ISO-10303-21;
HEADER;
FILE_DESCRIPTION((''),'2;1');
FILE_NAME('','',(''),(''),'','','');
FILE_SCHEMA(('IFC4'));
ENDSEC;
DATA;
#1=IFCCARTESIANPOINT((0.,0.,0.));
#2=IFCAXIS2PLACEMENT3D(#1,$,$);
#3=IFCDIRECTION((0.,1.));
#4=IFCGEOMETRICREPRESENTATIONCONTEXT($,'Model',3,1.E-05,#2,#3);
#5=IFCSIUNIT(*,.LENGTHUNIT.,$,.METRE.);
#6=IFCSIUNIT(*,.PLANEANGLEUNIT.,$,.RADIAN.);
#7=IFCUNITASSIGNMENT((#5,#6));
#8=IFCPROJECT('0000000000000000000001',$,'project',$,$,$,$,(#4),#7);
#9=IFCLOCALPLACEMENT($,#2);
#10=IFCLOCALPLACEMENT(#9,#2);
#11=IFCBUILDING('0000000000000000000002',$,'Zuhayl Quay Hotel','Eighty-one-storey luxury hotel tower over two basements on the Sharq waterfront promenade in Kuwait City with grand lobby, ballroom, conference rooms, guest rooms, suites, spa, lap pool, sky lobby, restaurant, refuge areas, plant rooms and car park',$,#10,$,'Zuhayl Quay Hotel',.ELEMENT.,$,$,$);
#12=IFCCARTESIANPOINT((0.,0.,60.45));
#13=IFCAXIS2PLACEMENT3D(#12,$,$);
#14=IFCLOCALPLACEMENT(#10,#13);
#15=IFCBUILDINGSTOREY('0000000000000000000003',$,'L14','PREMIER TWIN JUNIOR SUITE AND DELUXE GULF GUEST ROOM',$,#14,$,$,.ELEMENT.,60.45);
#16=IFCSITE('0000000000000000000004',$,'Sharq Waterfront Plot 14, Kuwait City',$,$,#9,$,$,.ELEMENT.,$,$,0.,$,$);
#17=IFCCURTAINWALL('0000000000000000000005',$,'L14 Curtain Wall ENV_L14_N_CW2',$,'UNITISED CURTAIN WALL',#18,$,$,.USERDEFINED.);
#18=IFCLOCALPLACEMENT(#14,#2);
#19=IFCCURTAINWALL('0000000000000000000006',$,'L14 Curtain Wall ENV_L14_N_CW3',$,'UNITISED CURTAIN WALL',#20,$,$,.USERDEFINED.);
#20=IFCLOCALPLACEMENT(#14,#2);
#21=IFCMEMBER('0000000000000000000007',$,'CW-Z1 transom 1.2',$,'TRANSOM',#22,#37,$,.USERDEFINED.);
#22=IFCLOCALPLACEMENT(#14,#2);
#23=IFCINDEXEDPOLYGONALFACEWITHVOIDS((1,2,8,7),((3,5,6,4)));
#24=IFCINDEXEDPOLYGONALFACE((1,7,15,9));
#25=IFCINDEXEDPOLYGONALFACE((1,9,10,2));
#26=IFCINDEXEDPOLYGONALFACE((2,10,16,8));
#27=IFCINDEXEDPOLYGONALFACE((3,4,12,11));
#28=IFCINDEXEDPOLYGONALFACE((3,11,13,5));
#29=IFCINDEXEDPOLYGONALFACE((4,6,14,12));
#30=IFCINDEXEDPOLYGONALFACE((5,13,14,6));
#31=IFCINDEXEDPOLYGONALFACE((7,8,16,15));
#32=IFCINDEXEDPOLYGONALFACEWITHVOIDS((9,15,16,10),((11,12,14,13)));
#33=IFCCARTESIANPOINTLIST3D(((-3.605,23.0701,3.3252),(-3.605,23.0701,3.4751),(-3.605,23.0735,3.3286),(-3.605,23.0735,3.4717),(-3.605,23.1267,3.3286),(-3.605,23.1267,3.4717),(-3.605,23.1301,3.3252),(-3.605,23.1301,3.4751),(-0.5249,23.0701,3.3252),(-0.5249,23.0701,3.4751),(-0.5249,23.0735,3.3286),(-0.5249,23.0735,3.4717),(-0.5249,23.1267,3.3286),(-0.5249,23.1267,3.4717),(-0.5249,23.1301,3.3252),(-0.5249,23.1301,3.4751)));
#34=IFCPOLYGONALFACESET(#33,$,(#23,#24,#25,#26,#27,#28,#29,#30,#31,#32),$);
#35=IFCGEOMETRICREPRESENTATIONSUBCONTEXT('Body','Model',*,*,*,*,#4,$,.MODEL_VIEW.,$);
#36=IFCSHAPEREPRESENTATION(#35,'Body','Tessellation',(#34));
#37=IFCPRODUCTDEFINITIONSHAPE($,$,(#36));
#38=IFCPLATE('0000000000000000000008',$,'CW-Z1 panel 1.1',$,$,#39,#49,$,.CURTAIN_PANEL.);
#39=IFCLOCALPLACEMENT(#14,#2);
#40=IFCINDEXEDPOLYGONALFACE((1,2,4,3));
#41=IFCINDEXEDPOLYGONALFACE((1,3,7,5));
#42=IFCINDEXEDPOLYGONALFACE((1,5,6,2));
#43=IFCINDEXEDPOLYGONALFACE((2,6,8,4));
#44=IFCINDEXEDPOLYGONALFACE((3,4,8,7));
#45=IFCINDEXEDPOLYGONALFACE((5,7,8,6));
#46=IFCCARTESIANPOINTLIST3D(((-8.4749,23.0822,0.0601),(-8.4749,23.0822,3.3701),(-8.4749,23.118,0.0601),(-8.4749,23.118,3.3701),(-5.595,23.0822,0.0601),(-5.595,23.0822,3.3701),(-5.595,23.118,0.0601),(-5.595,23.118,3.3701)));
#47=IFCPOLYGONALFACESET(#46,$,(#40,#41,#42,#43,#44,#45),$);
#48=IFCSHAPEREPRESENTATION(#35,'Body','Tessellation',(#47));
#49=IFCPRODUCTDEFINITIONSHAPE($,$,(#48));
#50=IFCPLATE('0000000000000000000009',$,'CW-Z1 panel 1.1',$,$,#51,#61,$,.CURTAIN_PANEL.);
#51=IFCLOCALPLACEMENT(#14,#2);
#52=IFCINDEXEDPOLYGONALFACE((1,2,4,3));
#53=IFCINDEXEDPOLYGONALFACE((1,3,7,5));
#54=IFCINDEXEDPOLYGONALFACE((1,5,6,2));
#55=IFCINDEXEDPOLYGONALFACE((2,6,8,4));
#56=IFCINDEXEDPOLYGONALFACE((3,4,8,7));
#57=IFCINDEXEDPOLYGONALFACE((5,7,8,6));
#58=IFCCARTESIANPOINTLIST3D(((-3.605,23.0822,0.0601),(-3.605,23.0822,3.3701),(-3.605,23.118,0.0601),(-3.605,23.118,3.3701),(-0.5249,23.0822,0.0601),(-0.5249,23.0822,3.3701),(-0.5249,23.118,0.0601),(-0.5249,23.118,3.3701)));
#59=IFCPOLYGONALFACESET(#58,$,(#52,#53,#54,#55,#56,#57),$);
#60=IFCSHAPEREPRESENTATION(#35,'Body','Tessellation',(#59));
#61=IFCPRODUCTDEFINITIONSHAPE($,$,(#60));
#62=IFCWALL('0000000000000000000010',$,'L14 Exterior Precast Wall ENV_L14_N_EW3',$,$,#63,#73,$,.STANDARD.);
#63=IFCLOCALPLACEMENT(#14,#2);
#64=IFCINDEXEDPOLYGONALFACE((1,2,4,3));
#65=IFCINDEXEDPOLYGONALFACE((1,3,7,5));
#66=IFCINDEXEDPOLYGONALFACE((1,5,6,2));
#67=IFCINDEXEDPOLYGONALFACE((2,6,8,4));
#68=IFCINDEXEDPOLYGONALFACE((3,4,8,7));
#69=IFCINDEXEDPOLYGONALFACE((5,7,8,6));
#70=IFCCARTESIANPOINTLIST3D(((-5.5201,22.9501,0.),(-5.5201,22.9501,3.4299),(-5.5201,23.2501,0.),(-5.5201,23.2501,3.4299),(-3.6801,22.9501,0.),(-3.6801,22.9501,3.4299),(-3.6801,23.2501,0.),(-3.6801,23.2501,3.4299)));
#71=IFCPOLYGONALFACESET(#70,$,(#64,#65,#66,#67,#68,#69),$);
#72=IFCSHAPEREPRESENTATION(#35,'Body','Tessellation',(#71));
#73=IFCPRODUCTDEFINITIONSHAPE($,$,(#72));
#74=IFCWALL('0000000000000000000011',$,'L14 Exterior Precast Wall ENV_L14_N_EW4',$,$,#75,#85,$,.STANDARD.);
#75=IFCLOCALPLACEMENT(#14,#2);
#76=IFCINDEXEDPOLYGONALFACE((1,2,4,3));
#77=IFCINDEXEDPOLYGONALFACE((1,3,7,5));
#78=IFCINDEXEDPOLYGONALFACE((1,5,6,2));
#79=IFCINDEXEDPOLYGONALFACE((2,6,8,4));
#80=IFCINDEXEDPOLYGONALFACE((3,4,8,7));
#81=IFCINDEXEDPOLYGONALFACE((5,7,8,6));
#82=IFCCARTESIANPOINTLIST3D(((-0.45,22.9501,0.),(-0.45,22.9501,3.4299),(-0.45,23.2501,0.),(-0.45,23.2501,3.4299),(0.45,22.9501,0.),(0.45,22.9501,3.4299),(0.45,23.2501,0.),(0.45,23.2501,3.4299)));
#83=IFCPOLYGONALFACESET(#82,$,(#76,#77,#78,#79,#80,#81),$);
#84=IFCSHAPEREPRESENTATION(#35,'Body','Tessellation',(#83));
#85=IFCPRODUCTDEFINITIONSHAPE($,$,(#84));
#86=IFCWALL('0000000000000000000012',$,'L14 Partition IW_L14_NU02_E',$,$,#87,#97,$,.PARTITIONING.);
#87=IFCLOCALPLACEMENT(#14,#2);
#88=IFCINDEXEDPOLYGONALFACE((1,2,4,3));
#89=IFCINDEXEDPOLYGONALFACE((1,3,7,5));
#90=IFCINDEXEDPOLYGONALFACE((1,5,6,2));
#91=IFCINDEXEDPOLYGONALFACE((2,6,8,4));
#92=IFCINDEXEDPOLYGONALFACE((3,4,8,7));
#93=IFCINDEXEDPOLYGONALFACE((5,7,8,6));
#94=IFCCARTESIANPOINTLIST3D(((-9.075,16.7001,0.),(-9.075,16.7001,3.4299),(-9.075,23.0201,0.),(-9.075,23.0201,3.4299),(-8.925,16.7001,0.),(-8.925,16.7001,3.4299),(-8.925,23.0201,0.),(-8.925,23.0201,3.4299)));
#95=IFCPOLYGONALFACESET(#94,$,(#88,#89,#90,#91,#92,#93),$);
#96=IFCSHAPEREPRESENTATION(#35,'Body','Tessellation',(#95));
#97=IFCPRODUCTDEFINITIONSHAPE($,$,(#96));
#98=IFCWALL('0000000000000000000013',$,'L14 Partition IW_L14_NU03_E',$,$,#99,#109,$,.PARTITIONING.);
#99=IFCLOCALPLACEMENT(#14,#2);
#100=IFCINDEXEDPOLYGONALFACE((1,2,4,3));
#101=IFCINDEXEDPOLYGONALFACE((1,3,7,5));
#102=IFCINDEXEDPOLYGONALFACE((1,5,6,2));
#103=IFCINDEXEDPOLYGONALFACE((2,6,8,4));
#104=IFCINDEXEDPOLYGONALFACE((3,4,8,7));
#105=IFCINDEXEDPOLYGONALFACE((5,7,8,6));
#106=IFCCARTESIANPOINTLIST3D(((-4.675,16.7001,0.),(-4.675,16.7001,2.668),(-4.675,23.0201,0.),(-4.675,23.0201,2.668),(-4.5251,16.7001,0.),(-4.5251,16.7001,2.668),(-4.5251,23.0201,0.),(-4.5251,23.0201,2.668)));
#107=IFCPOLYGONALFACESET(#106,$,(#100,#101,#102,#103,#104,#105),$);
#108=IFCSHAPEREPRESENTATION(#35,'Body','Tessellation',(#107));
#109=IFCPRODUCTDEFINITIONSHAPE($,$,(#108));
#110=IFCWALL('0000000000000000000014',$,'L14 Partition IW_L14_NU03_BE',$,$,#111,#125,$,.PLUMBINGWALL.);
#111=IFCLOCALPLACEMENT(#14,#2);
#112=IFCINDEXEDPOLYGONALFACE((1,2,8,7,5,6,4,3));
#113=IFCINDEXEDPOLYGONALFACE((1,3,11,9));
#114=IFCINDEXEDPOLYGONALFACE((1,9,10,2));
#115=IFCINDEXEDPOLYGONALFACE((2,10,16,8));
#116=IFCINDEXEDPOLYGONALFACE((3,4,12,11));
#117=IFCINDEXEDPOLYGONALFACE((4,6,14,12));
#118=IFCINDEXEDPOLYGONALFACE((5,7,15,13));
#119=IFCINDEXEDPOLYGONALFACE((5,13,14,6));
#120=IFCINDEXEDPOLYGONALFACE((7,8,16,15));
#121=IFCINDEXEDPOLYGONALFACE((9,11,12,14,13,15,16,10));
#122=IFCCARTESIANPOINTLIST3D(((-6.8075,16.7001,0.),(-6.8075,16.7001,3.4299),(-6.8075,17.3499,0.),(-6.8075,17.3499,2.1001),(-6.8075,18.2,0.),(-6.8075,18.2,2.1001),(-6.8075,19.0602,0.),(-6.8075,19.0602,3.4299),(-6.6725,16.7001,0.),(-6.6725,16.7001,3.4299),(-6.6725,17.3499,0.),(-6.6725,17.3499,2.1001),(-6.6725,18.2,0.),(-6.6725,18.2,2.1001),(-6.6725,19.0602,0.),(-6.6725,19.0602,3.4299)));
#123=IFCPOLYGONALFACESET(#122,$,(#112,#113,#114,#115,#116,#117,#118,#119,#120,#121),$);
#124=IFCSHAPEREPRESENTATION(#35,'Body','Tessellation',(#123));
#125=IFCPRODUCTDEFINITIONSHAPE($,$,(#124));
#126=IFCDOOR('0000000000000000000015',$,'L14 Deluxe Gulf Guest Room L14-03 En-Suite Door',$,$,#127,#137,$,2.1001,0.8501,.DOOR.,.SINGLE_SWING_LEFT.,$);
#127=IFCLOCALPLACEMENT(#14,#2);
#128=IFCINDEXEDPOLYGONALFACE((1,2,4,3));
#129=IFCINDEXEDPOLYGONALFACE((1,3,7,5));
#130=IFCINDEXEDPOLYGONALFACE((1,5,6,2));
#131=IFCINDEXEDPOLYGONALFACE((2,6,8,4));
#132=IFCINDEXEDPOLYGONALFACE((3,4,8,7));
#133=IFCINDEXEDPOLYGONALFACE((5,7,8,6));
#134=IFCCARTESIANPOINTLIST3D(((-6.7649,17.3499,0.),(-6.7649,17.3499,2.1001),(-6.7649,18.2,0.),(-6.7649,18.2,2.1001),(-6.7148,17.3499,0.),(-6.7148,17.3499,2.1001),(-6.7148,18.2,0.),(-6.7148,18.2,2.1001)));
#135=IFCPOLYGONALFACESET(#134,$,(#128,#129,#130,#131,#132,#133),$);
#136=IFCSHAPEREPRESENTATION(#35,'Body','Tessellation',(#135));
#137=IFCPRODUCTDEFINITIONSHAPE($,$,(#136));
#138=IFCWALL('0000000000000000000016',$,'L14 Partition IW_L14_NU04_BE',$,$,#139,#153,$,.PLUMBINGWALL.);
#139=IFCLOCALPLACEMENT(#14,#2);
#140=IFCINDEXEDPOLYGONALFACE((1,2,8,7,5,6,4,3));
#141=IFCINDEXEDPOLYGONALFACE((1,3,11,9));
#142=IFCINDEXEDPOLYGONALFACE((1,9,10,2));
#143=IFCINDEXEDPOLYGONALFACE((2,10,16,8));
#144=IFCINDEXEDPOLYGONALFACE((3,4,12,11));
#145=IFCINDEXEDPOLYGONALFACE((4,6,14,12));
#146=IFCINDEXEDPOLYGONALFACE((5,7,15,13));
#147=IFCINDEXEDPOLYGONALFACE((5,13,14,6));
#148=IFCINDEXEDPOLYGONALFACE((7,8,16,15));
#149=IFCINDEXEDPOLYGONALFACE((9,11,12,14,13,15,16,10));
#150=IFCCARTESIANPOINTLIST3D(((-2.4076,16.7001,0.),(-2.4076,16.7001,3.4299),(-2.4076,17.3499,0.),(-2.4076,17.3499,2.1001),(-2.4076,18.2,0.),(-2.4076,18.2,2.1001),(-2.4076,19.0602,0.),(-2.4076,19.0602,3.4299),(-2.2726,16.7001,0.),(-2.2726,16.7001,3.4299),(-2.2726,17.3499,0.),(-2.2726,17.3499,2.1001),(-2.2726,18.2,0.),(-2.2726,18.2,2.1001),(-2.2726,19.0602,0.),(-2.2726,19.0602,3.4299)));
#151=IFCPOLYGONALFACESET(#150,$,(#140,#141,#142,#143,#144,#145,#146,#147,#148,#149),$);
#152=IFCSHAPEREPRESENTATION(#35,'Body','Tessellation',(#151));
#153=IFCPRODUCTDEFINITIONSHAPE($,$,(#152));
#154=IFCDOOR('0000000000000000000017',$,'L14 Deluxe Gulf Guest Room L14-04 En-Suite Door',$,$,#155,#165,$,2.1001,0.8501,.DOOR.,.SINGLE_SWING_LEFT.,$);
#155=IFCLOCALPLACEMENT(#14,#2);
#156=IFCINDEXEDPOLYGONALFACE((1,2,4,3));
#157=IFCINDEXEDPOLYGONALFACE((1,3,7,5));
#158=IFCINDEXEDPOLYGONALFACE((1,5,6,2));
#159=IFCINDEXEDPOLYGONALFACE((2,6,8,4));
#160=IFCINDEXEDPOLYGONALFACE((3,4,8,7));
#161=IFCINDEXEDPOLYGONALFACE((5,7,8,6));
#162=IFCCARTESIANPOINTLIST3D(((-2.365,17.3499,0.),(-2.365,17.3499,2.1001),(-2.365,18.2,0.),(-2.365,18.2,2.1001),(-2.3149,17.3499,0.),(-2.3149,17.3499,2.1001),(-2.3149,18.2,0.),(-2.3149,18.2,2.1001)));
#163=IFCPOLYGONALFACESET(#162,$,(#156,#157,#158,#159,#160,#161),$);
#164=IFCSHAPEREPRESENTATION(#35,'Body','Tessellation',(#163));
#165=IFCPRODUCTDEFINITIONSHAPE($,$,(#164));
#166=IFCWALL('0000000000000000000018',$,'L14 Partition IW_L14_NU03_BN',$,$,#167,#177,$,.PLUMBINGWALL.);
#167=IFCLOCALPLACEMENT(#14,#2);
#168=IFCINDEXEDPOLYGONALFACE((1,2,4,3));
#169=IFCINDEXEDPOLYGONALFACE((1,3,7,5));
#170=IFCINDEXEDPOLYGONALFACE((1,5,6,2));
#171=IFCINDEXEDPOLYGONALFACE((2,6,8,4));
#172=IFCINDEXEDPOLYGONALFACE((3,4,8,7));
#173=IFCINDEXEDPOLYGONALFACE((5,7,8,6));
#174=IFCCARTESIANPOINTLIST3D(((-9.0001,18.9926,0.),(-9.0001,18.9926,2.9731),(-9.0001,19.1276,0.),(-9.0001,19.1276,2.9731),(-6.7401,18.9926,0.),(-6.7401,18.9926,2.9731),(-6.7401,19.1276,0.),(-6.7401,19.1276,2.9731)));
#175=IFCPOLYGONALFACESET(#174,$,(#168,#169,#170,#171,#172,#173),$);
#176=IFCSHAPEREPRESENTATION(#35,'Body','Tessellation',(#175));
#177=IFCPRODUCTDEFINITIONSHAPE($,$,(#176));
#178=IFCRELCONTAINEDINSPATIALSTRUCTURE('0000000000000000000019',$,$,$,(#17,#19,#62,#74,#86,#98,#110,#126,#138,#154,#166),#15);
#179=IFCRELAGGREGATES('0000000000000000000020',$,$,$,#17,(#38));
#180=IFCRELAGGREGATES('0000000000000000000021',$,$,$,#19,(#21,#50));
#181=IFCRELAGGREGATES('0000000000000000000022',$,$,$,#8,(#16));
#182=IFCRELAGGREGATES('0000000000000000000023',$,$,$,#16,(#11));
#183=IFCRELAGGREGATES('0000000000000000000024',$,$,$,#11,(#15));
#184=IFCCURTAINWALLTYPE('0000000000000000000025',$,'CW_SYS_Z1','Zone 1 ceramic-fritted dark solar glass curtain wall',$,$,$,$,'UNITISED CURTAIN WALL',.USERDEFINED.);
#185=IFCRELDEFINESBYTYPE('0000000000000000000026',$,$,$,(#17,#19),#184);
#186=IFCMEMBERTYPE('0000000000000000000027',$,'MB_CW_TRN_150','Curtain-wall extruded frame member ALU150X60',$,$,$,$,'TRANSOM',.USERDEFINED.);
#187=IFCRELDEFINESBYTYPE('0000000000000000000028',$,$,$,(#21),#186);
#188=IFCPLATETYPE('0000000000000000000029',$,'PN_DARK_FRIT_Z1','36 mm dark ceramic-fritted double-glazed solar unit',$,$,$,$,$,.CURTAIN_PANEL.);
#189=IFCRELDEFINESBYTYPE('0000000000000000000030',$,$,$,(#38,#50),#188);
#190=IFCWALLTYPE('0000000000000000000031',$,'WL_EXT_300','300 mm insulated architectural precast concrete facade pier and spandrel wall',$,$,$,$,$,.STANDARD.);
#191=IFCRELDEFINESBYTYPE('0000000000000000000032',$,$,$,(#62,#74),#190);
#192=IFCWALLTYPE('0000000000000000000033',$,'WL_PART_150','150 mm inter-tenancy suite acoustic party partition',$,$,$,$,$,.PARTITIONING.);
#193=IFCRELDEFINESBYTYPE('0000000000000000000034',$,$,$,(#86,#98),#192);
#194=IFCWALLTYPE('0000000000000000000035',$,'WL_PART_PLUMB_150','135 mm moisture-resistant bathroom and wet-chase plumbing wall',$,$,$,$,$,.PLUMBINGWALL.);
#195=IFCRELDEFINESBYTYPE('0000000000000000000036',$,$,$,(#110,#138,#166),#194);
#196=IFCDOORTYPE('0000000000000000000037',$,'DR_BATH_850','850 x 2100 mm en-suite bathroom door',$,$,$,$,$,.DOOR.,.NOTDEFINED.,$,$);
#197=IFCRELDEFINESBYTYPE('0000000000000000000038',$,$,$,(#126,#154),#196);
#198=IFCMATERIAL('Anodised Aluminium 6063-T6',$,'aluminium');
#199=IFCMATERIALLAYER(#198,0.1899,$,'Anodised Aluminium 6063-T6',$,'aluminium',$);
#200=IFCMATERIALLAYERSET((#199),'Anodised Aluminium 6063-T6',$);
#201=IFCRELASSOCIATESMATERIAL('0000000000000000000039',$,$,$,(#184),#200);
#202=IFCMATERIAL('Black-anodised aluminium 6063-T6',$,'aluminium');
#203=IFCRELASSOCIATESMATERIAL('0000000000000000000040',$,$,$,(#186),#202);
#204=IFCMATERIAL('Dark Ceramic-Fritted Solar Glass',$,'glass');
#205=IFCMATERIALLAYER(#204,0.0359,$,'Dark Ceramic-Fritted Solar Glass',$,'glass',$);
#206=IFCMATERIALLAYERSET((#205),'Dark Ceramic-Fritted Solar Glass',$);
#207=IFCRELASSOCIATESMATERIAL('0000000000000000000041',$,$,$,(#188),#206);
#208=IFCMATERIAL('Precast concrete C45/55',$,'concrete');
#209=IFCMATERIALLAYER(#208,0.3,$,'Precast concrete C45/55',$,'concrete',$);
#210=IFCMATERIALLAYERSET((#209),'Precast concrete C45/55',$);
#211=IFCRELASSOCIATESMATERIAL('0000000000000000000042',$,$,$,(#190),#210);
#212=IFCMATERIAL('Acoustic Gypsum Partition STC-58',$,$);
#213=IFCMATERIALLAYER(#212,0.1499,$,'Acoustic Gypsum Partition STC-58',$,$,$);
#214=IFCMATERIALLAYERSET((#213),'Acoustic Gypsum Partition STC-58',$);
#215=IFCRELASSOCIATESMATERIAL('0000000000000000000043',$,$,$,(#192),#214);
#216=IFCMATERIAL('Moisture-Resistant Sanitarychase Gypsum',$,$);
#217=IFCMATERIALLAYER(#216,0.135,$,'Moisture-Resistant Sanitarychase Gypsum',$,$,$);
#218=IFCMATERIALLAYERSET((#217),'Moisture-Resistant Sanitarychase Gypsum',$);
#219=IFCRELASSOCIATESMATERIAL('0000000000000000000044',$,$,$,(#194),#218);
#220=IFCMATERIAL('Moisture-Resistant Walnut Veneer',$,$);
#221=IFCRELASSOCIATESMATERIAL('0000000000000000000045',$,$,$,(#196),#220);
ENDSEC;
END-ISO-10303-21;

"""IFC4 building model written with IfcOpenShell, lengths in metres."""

from ifc_helpers import new_model, si_unit, direction, frame, frame_2d, origin, origin_2d, place, context, subcontext, project, spatial, rectangle, hollow_rectangle, extrude, material, layer, layer_set, material_profile, profile_set, type_object, element, fill, aggregate, save


model = new_model("IFC4")

# Units and contexts
model_context = context("Model", 3, precision=1e-05, world=origin(), true_north=direction((0.0, 1.0)))
body_context = subcontext(model_context, "Body", "Model", "MODEL_VIEW")
ifc_project = project(units=[si_unit("LENGTHUNIT", "METRE"), si_unit("PLANEANGLEUNIT", "RADIAN")], contexts=[model_context])

# Site, building, storey
site_placement = place(None, origin())
site = spatial("IfcSite", under=ifc_project, at=site_placement, Name="Sharq Waterfront Plot 14, Kuwait City", CompositionType="ELEMENT", RefElevation=0.0)
building_placement = place(site_placement, origin())
building = spatial("IfcBuilding", under=site, at=building_placement, Name="Zuhayl Quay Hotel", Description="Eighty-one-storey luxury hotel tower over two basements on the Sharq waterfront promenade in Kuwait City with grand lobby, ballroom, conference rooms, guest rooms, suites, spa, lap pool, sky lobby, restaurant, refuge areas, plant rooms and car park", LongName="Zuhayl Quay Hotel", CompositionType="ELEMENT")
storey_placement = place(building_placement, frame((0.0, 0.0, 60.45)))
storey = spatial("IfcBuildingStorey", under=building, at=storey_placement, Name="L14", Description="PREMIER TWIN JUNIOR SUITE AND DELUXE GULF GUEST ROOM", CompositionType="ELEMENT", Elevation=60.45)

# Curtain walls
ifc_material_1 = material(Name="Anodised Aluminium 6063-T6", Category="aluminium")
ifc_layer_1 = layer(ifc_material_1, 0.1899, Name="Anodised Aluminium 6063-T6", Category="aluminium")
ifc_layer_set_1 = layer_set([ifc_layer_1], Name="Anodised Aluminium 6063-T6")
curtain_wall_type = type_object("IfcCurtainWallType", Name="CW_SYS_Z1", Description="Zone 1 ceramic-fritted dark solar glass curtain wall", ElementType="UNITISED CURTAIN WALL", PredefinedType="USERDEFINED", material=ifc_layer_set_1)
curtain_wall_1_placement = place(storey_placement, origin())
curtain_wall_1 = element("IfcCurtainWall", 1, at=curtain_wall_1_placement, inside=storey, type_object=curtain_wall_type, Name="L14 Curtain Wall ENV_L14_N_CW2", ObjectType="UNITISED CURTAIN WALL", PredefinedType="USERDEFINED")
ifc_material_2 = material(Name="Black-anodised aluminium 6063-T6", Category="aluminium")
curtain_wall_2_placement = place(storey_placement, origin())
curtain_wall_2 = element("IfcCurtainWall", 2, at=curtain_wall_2_placement, inside=storey, type_object=curtain_wall_type, Name="L14 Curtain Wall ENV_L14_N_CW3", ObjectType="UNITISED CURTAIN WALL", PredefinedType="USERDEFINED")

# Member
ifc_material_profile_1 = material_profile(ifc_material_2, hollow_rectangle(XDim=0.0601, YDim=0.1499, WallThickness=0.0034, at=origin_2d()), Name="ALU150X60")
ifc_profile_set_1 = profile_set([ifc_material_profile_1], Name="Black-anodised aluminium 6063-T6")
member_type_1 = type_object("IfcMemberType", Name="MB_CW_TRN_150", Description="Curtain-wall extruded frame member ALU150X60", ElementType="TRANSOM", PredefinedType="USERDEFINED", material=ifc_profile_set_1)
member_1_placement = place(storey_placement, frame((-3.605, 23.1001, 3.4001), z_axis=(1.0, 0.0, 0.0), x_axis=(0.0, 1.0, 0.0)))
member_1 = element("IfcMember", 3, at=member_1_placement, type_object=member_type_1, Name="CW-Z1 transom 1.2", ObjectType="TRANSOM", PredefinedType="USERDEFINED", context=body_context, shape_type="SweptSolid", body=[
    extrude(hollow_rectangle(XDim=0.0601, YDim=0.1499, WallThickness=0.0034, at=origin_2d()), origin(), (0.0, 0.0, 1.0), 3.0801),
])

# Plates
ifc_material_3 = material(Name="Dark Ceramic-Fritted Solar Glass", Category="glass")
ifc_layer_2 = layer(ifc_material_3, 0.0359, Name="Dark Ceramic-Fritted Solar Glass", Category="glass")
ifc_layer_set_2 = layer_set([ifc_layer_2], Name="Dark Ceramic-Fritted Solar Glass")
plate_type = type_object("IfcPlateType", Name="PN_DARK_FRIT_Z1", Description="36 mm dark ceramic-fritted double-glazed solar unit", PredefinedType="CURTAIN_PANEL", material=ifc_layer_set_2)
plate_1_placement = place(storey_placement, frame((-7.0349, 23.1001, 0.0601), z_axis=(0.0, 0.0, 1.0), x_axis=(1.0, 0.0, 0.0)))
plate_1 = element("IfcPlate", 4, at=plate_1_placement, type_object=plate_type, Name="CW-Z1 panel 1.1", PredefinedType="CURTAIN_PANEL", context=body_context, shape_type="SweptSolid", body=[
    extrude(rectangle(XDim=2.8799, YDim=0.0359, at=origin_2d()), origin(), (0.0, 0.0, 1.0), 3.3101),
])
aggregate(curtain_wall_1, [plate_1])
plate_2_placement = place(storey_placement, frame((-2.0649, 23.1001, 0.0601), z_axis=(0.0, 0.0, 1.0), x_axis=(1.0, 0.0, 0.0)))
plate_2 = element("IfcPlate", 5, at=plate_2_placement, type_object=plate_type, Name="CW-Z1 panel 1.1", PredefinedType="CURTAIN_PANEL", context=body_context, shape_type="SweptSolid", body=[
    extrude(rectangle(XDim=3.0801, YDim=0.0359, at=origin_2d()), origin(), (0.0, 0.0, 1.0), 3.3101),
])
aggregate(curtain_wall_2, [member_1, plate_2])

# Walls
ifc_material_4 = material(Name="Precast concrete C45/55", Category="concrete")
ifc_layer_3 = layer(ifc_material_4, 0.3, Name="Precast concrete C45/55", Category="concrete")
ifc_layer_set_3 = layer_set([ifc_layer_3], Name="Precast concrete C45/55")
wall_type_1 = type_object("IfcWallType", Name="WL_EXT_300", Description="300 mm insulated architectural precast concrete facade pier and spandrel wall", PredefinedType="STANDARD", material=ifc_layer_set_3)
wall_1_placement = place(storey_placement, frame((-5.52, 23.1001, 0.0), z_axis=(0.0, 0.0, 1.0), x_axis=(1.0, 0.0, 0.0)))
element("IfcWall", 6, at=wall_1_placement, inside=storey, type_object=wall_type_1, Name="L14 Exterior Precast Wall ENV_L14_N_EW3", PredefinedType="STANDARD", context=body_context, shape_type="SweptSolid", body=[
    extrude(rectangle(XDim=1.8401, YDim=0.3, at=frame_2d((0.9199, 0.0))), origin(), (0.0, 0.0, 1.0), 3.4299),
])
wall_2_placement = place(storey_placement, frame((-0.45, 23.1001, 0.0), z_axis=(0.0, 0.0, 1.0), x_axis=(1.0, 0.0, 0.0)))
element("IfcWall", 7, at=wall_2_placement, inside=storey, type_object=wall_type_1, Name="L14 Exterior Precast Wall ENV_L14_N_EW4", PredefinedType="STANDARD", context=body_context, shape_type="SweptSolid", body=[
    extrude(rectangle(XDim=0.8999, YDim=0.3, at=frame_2d((0.45, 0.0))), origin(), (0.0, 0.0, 1.0), 3.4299),
])
ifc_material_5 = material(Name="Acoustic Gypsum Partition STC-58")
ifc_layer_4 = layer(ifc_material_5, 0.1499, Name="Acoustic Gypsum Partition STC-58")
ifc_layer_set_4 = layer_set([ifc_layer_4], Name="Acoustic Gypsum Partition STC-58")
wall_type_2 = type_object("IfcWallType", Name="WL_PART_150", Description="150 mm inter-tenancy suite acoustic party partition", PredefinedType="PARTITIONING", material=ifc_layer_set_4)
wall_3_placement = place(storey_placement, frame((-9.0, 16.7, 0.0), z_axis=(0.0, 0.0, 1.0), x_axis=(0.0, 1.0, 0.0)))
element("IfcWall", 8, at=wall_3_placement, inside=storey, type_object=wall_type_2, Name="L14 Partition IW_L14_NU02_E", PredefinedType="PARTITIONING", context=body_context, shape_type="SweptSolid", body=[
    extrude(rectangle(XDim=6.3201, YDim=0.1499, at=frame_2d((3.1602, 0.0))), origin(), (0.0, 0.0, 1.0), 3.4299),
])
wall_4_placement = place(storey_placement, frame((-4.6001, 16.7, 0.0), z_axis=(0.0, 0.0, 1.0), x_axis=(0.0, 1.0, 0.0)))
element("IfcWall", 9, at=wall_4_placement, inside=storey, type_object=wall_type_2, Name="L14 Partition IW_L14_NU03_E", PredefinedType="PARTITIONING", context=body_context, shape_type="SweptSolid", body=[
    extrude(rectangle(XDim=6.3201, YDim=0.1499, at=frame_2d((3.1602, 0.0))), origin(), (0.0, 0.0, 1.0), 2.668),
])

# Walls, openings, doors
ifc_material_6 = material(Name="Moisture-Resistant Sanitarychase Gypsum")
ifc_layer_5 = layer(ifc_material_6, 0.135, Name="Moisture-Resistant Sanitarychase Gypsum")
ifc_layer_set_5 = layer_set([ifc_layer_5], Name="Moisture-Resistant Sanitarychase Gypsum")
wall_type_3 = type_object("IfcWallType", Name="WL_PART_PLUMB_150", Description="135 mm moisture-resistant bathroom and wet-chase plumbing wall", PredefinedType="PLUMBINGWALL", material=ifc_layer_set_5)
wall_5_placement = place(storey_placement, frame((-6.74, 16.7, 0.0), z_axis=(0.0, 0.0, 1.0), x_axis=(0.0, 1.0, 0.0)))
wall_5 = element("IfcWall", 10, at=wall_5_placement, inside=storey, type_object=wall_type_3, Name="L14 Partition IW_L14_NU03_BE", PredefinedType="PLUMBINGWALL", context=body_context, shape_type="SweptSolid", body=[
    extrude(rectangle(XDim=2.3601, YDim=0.135, at=frame_2d((1.1802, 0.0))), origin(), (0.0, 0.0, 1.0), 3.4299),
])
opening_1_placement = place(wall_5_placement, frame((0.6499, 0.0, 0.0)))
opening_1 = element("IfcOpeningElement", 11, at=opening_1_placement, cuts=wall_5, PredefinedType="OPENING", context=body_context, shape_type="SweptSolid", body=[
    extrude(rectangle(XDim=0.8501, YDim=2.1001, at=frame_2d((0.425, 1.05))), frame((0.0, 0.0774, 0.0), z_axis=(0.0, -1.0, 0.0), x_axis=(1.0, 0.0, 0.0)), (0.0, 0.0, 1.0), 0.155),
])
ifc_material_7 = material(Name="Moisture-Resistant Walnut Veneer")
door_type_1 = type_object("IfcDoorType", Name="DR_BATH_850", Description="850 x 2100 mm en-suite bathroom door", OperationType="NOTDEFINED", PredefinedType="DOOR", material=ifc_material_7)
door_1_placement = place(opening_1_placement, origin())
door_1 = element("IfcDoor", 12, at=door_1_placement, inside=storey, type_object=door_type_1, Name="L14 Deluxe Gulf Guest Room L14-03 En-Suite Door", OperationType="SINGLE_SWING_LEFT", OverallHeight=2.1001, OverallWidth=0.8501, PredefinedType="DOOR", context=body_context, shape_type="SweptSolid", body=[
    extrude(rectangle(XDim=0.8501, YDim=2.1001, at=frame_2d((0.425, 1.05))), frame((0.0, 0.0249, 0.0), z_axis=(0.0, -1.0, 0.0), x_axis=(1.0, 0.0, 0.0)), (0.0, 0.0, 1.0), 0.05),
])
fill(opening_1, door_1)
wall_6_placement = place(storey_placement, frame((-2.3401, 16.7, 0.0), z_axis=(0.0, 0.0, 1.0), x_axis=(0.0, 1.0, 0.0)))
wall_6 = element("IfcWall", 13, at=wall_6_placement, inside=storey, type_object=wall_type_3, Name="L14 Partition IW_L14_NU04_BE", PredefinedType="PLUMBINGWALL", context=body_context, shape_type="SweptSolid", body=[
    extrude(rectangle(XDim=2.3601, YDim=0.135, at=frame_2d((1.1802, 0.0))), origin(), (0.0, 0.0, 1.0), 3.4299),
])
opening_2_placement = place(wall_6_placement, frame((0.6499, 0.0, 0.0)))
opening_2 = element("IfcOpeningElement", 14, at=opening_2_placement, cuts=wall_6, PredefinedType="OPENING", context=body_context, shape_type="SweptSolid", body=[
    extrude(rectangle(XDim=0.8501, YDim=2.1001, at=frame_2d((0.425, 1.05))), frame((0.0, 0.0774, 0.0), z_axis=(0.0, -1.0, 0.0), x_axis=(1.0, 0.0, 0.0)), (0.0, 0.0, 1.0), 0.155),
])
door_2_placement = place(opening_2_placement, origin())
door_2 = element("IfcDoor", 15, at=door_2_placement, inside=storey, type_object=door_type_1, Name="L14 Deluxe Gulf Guest Room L14-04 En-Suite Door", OperationType="SINGLE_SWING_LEFT", OverallHeight=2.1001, OverallWidth=0.8501, PredefinedType="DOOR", context=body_context, shape_type="SweptSolid", body=[
    extrude(rectangle(XDim=0.8501, YDim=2.1001, at=frame_2d((0.425, 1.05))), frame((0.0, 0.0249, 0.0), z_axis=(0.0, -1.0, 0.0), x_axis=(1.0, 0.0, 0.0)), (0.0, 0.0, 1.0), 0.05),
])
fill(opening_2, door_2)

# Wall
for number, where, z_axis, x_axis, name in (
    (16, (-9.0, 19.0601, 0.0), (0.0, 0.0, 1.0), (1.0, 0.0, 0.0), "L14 Partition IW_L14_NU03_BN"),
):
    element("IfcWall", number, at=place(storey_placement, frame(where, z_axis=z_axis, x_axis=x_axis)), inside=storey, type_object=wall_type_3, Name=name, PredefinedType="PLUMBINGWALL", context=body_context, shape_type="SweptSolid", body=[
        extrude(rectangle(XDim=2.26, YDim=0.135, at=frame_2d((1.1299, 0.0))), origin(), (0.0, 0.0, 1.0), 2.9731),
    ])

save(model, "model.ifc")
